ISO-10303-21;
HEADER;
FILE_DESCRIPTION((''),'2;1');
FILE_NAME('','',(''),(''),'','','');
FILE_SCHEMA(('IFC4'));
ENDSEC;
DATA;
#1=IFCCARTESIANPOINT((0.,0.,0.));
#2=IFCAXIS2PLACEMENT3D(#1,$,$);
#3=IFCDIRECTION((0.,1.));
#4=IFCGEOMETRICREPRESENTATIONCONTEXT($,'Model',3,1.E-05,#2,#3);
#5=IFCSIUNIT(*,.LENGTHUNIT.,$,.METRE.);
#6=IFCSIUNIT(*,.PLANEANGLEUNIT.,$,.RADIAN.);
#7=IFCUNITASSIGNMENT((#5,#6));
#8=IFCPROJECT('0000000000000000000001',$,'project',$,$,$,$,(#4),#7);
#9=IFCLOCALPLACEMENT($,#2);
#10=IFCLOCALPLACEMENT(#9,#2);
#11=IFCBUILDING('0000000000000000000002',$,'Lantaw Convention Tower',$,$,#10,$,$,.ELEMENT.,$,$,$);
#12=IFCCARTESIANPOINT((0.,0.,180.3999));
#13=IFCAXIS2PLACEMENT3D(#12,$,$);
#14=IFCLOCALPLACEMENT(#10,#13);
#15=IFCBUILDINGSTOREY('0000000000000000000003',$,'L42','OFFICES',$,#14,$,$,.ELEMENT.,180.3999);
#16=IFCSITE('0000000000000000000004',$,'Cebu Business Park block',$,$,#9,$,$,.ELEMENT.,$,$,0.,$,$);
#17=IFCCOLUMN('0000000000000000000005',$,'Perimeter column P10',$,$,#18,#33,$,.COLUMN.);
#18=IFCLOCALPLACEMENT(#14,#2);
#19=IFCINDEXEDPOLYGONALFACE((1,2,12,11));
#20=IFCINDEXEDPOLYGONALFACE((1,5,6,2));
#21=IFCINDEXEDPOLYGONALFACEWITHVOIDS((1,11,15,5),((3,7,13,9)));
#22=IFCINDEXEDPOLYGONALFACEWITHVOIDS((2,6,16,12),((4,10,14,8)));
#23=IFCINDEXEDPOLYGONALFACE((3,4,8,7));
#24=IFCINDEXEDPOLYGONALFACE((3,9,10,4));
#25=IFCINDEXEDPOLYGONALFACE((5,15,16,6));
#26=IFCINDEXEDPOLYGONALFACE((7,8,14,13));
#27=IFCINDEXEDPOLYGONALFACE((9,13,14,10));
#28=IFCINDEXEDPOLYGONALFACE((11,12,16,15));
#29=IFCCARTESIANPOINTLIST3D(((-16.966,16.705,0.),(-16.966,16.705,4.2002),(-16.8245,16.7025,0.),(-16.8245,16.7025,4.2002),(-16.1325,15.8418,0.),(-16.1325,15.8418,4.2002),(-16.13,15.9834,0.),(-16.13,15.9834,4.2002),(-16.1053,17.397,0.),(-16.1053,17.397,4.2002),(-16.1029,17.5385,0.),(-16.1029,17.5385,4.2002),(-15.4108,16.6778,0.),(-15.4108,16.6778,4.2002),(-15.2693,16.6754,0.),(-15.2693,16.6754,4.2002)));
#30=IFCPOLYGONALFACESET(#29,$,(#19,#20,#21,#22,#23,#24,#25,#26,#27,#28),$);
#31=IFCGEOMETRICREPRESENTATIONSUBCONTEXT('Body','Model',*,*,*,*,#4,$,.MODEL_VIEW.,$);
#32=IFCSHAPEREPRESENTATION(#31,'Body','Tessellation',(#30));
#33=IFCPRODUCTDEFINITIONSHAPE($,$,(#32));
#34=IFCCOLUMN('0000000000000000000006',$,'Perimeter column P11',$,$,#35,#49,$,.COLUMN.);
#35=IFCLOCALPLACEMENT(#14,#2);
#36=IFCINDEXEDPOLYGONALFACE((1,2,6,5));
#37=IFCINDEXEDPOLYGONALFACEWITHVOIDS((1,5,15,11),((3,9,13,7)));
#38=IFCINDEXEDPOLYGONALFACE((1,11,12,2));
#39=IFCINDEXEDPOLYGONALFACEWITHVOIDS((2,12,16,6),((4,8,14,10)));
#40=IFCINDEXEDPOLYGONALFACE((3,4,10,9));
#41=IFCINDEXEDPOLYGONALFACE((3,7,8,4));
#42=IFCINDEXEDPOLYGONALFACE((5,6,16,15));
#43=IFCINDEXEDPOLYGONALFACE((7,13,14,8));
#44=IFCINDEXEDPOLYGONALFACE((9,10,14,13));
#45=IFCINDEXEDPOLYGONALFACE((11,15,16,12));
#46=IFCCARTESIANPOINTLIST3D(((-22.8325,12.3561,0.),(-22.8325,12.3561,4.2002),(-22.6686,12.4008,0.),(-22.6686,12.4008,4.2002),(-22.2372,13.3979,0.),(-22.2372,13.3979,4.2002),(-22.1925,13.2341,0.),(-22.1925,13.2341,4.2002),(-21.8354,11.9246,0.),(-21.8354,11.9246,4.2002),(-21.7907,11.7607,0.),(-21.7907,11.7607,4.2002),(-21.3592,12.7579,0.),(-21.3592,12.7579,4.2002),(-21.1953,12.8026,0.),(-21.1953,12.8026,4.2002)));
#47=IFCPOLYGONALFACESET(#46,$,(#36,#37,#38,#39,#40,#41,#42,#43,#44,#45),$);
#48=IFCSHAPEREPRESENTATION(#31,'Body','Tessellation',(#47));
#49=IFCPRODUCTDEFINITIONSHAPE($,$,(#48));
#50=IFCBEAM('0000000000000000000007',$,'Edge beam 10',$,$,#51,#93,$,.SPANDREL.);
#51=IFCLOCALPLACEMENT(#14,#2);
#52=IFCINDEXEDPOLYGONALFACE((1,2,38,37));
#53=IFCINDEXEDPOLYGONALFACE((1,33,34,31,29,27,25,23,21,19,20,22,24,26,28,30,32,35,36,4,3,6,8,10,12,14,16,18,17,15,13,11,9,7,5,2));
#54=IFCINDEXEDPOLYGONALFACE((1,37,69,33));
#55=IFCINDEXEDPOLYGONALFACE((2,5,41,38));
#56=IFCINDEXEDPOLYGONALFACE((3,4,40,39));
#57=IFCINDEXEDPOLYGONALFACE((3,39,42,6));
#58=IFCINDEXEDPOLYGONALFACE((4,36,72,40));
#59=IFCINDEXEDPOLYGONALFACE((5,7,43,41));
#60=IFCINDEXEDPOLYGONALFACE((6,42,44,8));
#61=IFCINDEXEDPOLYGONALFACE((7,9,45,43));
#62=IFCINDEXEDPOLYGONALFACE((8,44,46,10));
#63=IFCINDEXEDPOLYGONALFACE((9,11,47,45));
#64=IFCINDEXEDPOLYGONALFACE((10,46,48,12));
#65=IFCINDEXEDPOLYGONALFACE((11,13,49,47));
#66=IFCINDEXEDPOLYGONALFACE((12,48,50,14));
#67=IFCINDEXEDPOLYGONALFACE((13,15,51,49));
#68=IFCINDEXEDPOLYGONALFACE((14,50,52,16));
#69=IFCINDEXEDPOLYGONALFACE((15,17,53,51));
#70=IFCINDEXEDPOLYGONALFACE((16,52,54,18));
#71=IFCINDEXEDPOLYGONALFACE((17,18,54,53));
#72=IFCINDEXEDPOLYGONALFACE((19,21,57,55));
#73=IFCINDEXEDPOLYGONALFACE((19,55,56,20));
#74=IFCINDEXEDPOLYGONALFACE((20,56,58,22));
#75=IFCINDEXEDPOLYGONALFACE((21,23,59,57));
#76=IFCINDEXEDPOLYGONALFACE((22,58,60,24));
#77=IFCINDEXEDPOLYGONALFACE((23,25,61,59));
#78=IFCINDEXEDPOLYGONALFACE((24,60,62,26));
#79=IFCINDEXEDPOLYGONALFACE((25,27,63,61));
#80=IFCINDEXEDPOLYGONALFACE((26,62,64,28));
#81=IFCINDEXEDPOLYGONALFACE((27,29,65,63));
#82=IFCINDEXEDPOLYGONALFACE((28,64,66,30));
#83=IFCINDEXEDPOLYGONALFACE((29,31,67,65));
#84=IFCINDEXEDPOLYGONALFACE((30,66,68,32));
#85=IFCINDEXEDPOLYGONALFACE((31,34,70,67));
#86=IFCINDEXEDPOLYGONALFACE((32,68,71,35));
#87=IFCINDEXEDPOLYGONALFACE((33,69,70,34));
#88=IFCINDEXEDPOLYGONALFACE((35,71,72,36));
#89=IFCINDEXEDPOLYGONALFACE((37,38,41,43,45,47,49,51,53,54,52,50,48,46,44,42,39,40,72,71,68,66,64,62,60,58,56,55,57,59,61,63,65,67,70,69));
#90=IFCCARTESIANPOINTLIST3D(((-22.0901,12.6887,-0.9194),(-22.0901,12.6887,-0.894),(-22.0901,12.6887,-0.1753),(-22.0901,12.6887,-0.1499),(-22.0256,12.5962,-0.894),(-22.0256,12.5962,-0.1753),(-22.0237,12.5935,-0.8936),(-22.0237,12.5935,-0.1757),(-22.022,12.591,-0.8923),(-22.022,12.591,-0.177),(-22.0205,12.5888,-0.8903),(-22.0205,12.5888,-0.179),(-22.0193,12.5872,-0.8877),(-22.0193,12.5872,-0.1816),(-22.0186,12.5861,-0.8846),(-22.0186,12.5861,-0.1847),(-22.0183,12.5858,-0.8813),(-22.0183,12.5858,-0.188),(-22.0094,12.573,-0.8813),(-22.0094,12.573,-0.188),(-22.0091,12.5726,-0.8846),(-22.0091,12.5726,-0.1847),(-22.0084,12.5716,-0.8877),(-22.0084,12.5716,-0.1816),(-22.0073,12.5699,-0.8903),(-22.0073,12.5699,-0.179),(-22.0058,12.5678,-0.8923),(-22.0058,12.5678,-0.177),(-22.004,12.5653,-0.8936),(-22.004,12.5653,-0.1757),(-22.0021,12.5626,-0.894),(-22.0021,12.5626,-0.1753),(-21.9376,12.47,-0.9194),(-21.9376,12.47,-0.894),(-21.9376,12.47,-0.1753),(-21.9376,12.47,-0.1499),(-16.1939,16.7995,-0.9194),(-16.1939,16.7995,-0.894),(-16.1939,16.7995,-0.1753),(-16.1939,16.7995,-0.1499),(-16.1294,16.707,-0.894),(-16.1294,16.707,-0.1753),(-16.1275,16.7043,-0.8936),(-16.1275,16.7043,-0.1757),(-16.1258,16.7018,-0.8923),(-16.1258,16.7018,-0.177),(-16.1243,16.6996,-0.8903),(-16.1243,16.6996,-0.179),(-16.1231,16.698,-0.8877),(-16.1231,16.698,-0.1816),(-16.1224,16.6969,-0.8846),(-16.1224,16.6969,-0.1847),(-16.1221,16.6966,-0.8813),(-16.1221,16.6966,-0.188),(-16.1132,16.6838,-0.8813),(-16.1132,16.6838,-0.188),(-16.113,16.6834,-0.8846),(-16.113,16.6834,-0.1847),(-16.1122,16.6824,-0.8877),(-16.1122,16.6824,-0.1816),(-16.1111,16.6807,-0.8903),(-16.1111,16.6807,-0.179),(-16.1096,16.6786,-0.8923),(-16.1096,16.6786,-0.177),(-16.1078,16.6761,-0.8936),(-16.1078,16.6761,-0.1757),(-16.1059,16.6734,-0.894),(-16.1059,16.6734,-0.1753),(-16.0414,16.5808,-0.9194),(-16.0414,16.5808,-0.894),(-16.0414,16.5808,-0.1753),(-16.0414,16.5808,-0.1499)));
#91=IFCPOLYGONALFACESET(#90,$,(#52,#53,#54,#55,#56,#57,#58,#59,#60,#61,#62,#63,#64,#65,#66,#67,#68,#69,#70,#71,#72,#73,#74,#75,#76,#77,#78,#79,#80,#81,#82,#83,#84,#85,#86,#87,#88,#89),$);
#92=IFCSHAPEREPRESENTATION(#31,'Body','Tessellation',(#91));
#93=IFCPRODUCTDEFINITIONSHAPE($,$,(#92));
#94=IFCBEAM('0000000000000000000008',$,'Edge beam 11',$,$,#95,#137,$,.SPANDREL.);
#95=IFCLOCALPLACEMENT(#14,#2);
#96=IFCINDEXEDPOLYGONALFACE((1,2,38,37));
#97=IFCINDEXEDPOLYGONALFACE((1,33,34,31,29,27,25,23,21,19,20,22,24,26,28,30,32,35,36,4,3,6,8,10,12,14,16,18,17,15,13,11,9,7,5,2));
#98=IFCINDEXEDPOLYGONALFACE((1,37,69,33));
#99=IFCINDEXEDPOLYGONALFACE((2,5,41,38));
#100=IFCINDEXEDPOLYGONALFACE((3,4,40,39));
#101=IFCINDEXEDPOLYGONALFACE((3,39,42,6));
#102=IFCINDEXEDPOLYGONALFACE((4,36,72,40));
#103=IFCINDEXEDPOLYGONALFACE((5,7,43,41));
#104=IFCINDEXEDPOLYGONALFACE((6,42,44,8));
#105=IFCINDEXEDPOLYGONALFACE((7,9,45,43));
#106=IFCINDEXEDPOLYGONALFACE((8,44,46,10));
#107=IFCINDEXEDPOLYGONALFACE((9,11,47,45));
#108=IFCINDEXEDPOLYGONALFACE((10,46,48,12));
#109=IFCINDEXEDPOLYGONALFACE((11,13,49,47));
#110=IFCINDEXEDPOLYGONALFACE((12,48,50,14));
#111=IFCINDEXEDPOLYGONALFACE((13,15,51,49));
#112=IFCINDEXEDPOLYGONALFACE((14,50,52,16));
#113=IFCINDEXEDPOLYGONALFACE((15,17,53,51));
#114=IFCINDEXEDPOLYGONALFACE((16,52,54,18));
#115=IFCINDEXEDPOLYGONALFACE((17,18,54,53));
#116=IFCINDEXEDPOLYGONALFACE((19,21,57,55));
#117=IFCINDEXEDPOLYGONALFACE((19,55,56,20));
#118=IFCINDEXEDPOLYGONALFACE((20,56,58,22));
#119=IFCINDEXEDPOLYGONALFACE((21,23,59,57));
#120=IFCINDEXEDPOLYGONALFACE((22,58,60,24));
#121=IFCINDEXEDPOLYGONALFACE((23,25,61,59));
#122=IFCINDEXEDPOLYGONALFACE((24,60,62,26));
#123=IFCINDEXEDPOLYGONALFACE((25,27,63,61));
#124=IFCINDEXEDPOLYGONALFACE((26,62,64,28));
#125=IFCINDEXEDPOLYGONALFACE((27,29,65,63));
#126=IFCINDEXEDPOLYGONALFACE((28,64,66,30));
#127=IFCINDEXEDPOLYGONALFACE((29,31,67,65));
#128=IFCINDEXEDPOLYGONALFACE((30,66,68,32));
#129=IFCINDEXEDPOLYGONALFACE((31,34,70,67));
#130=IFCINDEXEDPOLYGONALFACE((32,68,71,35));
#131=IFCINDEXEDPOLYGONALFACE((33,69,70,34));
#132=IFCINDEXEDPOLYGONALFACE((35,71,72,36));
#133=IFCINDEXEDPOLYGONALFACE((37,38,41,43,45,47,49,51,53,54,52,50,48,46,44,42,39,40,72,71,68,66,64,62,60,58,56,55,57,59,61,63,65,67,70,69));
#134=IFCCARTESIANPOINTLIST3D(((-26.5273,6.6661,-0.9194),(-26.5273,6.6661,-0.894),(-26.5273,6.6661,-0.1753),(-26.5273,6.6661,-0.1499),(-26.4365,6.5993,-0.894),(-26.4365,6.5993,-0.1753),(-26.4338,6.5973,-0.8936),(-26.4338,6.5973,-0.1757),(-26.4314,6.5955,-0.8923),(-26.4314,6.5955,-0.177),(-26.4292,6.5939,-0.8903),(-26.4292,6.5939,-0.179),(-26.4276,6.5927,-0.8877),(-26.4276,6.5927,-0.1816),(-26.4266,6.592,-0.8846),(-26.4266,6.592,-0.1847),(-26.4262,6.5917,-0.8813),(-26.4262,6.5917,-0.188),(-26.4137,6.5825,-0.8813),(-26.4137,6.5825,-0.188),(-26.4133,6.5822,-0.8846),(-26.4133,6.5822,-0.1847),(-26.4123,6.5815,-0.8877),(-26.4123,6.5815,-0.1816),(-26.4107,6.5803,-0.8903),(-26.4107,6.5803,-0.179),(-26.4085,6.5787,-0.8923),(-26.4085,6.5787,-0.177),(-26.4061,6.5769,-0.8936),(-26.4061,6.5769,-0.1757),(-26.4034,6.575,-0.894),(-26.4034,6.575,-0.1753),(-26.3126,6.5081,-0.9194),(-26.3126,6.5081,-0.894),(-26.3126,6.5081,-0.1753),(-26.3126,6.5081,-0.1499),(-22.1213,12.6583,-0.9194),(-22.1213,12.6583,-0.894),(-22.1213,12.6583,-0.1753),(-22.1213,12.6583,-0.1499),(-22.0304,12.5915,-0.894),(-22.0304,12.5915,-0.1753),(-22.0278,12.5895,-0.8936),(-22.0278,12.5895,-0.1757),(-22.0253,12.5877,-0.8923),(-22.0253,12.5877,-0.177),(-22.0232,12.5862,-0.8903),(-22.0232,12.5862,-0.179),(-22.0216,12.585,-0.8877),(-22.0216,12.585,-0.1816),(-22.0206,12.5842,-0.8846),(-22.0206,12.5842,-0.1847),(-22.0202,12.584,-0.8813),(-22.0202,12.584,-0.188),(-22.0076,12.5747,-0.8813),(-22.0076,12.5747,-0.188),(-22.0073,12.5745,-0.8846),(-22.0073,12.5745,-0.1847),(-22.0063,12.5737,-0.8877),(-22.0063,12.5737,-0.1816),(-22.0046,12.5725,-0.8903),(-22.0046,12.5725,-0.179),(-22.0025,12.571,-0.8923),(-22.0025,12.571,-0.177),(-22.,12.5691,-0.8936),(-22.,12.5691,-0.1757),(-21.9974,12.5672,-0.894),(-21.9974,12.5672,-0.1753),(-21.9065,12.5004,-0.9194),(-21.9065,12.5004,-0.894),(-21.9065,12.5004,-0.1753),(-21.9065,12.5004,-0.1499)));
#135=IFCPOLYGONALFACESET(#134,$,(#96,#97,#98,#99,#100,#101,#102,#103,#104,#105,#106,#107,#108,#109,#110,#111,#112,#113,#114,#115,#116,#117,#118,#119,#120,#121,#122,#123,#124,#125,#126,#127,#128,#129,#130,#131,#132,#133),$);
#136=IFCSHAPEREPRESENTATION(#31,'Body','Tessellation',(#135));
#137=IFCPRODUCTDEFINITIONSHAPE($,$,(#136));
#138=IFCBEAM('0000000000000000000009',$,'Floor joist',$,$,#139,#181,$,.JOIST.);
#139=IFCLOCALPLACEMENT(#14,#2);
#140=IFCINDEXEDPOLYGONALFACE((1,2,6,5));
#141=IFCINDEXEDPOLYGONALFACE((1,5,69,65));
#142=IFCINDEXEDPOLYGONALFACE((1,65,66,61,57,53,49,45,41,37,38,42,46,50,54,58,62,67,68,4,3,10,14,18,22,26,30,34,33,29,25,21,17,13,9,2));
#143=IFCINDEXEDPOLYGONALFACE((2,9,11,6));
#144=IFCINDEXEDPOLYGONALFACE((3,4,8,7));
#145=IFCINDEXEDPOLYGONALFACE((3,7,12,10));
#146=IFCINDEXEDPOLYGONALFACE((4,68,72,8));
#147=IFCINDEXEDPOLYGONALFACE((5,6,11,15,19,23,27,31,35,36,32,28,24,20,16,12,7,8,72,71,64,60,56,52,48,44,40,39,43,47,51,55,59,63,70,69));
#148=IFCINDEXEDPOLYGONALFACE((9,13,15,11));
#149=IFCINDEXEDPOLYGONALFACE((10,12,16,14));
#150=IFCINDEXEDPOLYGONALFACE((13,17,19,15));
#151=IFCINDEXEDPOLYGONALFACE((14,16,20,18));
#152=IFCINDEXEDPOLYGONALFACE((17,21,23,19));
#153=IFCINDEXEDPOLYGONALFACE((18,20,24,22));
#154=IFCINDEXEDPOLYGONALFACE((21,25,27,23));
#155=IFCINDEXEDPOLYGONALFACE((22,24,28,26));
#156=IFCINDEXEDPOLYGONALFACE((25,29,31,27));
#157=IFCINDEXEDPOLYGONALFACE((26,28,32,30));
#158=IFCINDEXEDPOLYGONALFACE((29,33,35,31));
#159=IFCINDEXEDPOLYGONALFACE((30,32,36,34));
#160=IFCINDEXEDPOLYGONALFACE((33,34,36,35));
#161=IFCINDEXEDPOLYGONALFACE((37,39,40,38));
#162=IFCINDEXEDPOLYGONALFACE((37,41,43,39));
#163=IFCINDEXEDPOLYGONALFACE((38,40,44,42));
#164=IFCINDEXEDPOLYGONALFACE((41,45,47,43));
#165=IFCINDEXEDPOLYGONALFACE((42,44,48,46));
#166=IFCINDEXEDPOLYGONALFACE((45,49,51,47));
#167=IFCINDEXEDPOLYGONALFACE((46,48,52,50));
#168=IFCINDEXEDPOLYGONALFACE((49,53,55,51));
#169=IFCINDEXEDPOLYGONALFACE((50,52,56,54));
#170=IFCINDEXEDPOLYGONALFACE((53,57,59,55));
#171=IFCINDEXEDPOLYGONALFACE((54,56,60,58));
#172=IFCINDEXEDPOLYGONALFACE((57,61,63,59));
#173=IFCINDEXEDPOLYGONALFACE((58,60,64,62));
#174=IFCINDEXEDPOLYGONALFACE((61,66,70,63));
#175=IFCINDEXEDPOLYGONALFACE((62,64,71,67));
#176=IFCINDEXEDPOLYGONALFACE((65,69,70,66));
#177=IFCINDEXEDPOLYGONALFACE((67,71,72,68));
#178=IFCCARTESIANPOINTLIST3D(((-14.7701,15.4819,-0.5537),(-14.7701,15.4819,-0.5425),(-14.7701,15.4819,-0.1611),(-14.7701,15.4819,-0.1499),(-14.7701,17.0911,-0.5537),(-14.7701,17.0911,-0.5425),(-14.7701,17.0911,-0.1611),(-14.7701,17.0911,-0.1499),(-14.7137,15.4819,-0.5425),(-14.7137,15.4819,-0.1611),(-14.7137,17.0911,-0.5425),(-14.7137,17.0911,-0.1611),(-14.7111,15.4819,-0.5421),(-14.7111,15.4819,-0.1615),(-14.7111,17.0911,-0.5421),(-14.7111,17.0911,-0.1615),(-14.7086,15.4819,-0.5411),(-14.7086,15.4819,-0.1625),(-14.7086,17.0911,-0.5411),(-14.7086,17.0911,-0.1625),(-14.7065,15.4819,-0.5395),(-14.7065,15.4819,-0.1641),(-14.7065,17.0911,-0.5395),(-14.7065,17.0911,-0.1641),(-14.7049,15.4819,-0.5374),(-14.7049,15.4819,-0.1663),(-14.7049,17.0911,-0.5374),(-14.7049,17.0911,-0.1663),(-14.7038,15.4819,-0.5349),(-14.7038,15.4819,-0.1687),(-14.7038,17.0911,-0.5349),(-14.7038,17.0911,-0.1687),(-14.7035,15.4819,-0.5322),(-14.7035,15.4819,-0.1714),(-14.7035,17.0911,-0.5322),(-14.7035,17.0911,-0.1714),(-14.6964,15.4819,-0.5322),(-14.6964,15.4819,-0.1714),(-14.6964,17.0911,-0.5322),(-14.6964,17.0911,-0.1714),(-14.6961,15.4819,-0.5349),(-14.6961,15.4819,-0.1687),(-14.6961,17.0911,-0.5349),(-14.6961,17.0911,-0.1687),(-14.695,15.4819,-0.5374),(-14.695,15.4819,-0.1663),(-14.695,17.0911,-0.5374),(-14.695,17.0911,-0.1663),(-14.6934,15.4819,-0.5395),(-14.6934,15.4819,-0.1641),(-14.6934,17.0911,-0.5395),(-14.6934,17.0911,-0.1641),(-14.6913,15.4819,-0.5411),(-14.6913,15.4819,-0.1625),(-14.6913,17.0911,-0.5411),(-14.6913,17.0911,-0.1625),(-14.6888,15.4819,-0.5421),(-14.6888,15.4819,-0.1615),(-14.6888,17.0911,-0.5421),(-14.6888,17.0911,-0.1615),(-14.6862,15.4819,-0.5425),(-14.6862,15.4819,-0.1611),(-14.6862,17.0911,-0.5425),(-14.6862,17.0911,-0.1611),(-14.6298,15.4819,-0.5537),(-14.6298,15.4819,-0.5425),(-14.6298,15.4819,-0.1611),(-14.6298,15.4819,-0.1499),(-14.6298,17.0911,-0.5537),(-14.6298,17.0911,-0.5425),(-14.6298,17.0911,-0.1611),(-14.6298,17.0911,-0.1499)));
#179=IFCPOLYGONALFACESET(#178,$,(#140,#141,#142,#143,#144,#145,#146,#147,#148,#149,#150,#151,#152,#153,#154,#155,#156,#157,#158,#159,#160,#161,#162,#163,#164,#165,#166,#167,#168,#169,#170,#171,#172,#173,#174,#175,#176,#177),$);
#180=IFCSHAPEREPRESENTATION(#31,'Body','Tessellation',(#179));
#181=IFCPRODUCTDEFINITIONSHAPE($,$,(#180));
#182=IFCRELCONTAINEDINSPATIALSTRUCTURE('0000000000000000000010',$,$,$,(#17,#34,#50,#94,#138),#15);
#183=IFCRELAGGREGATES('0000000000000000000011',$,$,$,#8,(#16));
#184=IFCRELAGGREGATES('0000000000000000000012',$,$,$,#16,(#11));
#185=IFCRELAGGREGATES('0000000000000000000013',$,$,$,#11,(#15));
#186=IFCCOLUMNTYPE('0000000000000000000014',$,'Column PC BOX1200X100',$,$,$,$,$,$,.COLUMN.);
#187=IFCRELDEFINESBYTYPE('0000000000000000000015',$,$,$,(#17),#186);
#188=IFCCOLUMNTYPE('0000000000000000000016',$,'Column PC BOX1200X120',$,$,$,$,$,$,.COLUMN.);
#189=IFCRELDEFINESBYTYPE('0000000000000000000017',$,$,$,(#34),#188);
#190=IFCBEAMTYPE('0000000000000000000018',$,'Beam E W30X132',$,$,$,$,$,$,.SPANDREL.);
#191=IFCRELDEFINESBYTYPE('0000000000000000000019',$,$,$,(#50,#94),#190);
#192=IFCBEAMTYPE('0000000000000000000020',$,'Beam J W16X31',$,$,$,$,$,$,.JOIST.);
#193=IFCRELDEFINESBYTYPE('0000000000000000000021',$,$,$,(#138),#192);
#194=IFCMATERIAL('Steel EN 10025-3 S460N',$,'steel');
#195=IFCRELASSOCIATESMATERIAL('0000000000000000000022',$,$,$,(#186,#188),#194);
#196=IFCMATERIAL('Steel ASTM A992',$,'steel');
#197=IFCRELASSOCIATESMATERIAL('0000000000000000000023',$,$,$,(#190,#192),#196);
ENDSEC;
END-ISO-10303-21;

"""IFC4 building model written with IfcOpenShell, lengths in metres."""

from ifc_helpers import new_model, si_unit, direction, frame, origin, origin_2d, place, context, subcontext, project, spatial, rectangle, hollow_rectangle, i_section, extrude, material, material_profile, profile_set, type_object, element, save


model = new_model("IFC4")

# Units and contexts
model_context = context("Model", 3, precision=1e-05, world=origin(), true_north=direction((0.0, 1.0)))
body_context = subcontext(model_context, "Body", "Model", "MODEL_VIEW")
ifc_project = project(units=[si_unit("LENGTHUNIT", "METRE"), si_unit("PLANEANGLEUNIT", "RADIAN")], contexts=[model_context])

# Site, building, storey
site_placement = place(None, origin())
site = spatial("IfcSite", under=ifc_project, at=site_placement, Name="Cebu Business Park block", CompositionType="ELEMENT", RefElevation=0.0)
building_placement = place(site_placement, origin())
building = spatial("IfcBuilding", under=site, at=building_placement, Name="Lantaw Convention Tower", CompositionType="ELEMENT")
storey_placement = place(building_placement, frame((0.0, 0.0, 180.3999)))
storey = spatial("IfcBuildingStorey", under=building, at=storey_placement, Name="L42", Description="OFFICES", CompositionType="ELEMENT", Elevation=180.3999)

# Columns
ifc_material_1 = material(Name="Steel EN 10025-3 S460N", Category="steel")
ifc_material_profile_1 = material_profile(ifc_material_1, hollow_rectangle(XDim=1.2, YDim=1.2, WallThickness=0.1001, at=origin_2d()), Name="BOX1200X100")
ifc_material_2 = material(Name="Concrete C60/75", Category="concrete")
ifc_material_profile_2 = material_profile(ifc_material_2, rectangle(XDim=1.0, YDim=1.0, at=origin_2d()), Name="Concrete fill of BOX1200X100")
ifc_profile_set_1 = profile_set([ifc_material_profile_1, ifc_material_profile_2], Name="Steel EN 10025-3 S460N")
column_type_1 = type_object("IfcColumnType", Name="Column PC BOX1200X100", PredefinedType="COLUMN", material=ifc_profile_set_1)
column_1_placement = place(storey_placement, frame((-16.1177, 16.6902, 0.0), z_axis=(0.0, 0.0, 1.0), x_axis=(0.71934, 0.694658, 0.0)))
element("IfcColumn", 1, at=column_1_placement, inside=storey, type_object=column_type_1, Name="Perimeter column P10", PredefinedType="COLUMN", context=body_context, shape_type="SweptSolid", body=[
    extrude(hollow_rectangle(XDim=1.2, YDim=1.2, WallThickness=0.1001, at=origin_2d()), origin(), (0.0, 0.0, 1.0), 4.2002),
])
ifc_material_profile_3 = material_profile(ifc_material_1, hollow_rectangle(XDim=1.2, YDim=1.2, WallThickness=0.1201, at=origin_2d()), Name="BOX1200X120")
ifc_material_profile_4 = material_profile(ifc_material_2, rectangle(XDim=0.96, YDim=0.96, at=origin_2d()), Name="Concrete fill of BOX1200X120")
ifc_profile_set_2 = profile_set([ifc_material_profile_3, ifc_material_profile_4], Name="Steel EN 10025-3 S460N")
column_type_2 = type_object("IfcColumnType", Name="Column PC BOX1200X120", PredefinedType="COLUMN", material=ifc_profile_set_2)
column_2_placement = place(storey_placement, frame((-22.0139, 12.5793, 0.0), z_axis=(0.0, 0.0, 1.0), x_axis=(0.496139, 0.868243, 0.0)))
element("IfcColumn", 2, at=column_2_placement, inside=storey, type_object=column_type_2, Name="Perimeter column P11", PredefinedType="COLUMN", context=body_context, shape_type="SweptSolid", body=[
    extrude(hollow_rectangle(XDim=1.2, YDim=1.2, WallThickness=0.1201, at=origin_2d()), origin(), (0.0, 0.0, 1.0), 4.2002),
])

# Beams
ifc_material_3 = material(Name="Steel ASTM A992", Category="steel")
ifc_material_profile_5 = material_profile(ifc_material_3, i_section(OverallWidth=0.2666, OverallDepth=0.7695, WebThickness=0.0156, FlangeThickness=0.0254, FilletRadius=0.0127, at=origin_2d()), Name="W30X132")
ifc_profile_set_3 = profile_set([ifc_material_profile_5], Name="Steel ASTM A992")
beam_type_1 = type_object("IfcBeamType", Name="Beam E W30X132", PredefinedType="SPANDREL", material=ifc_profile_set_3)
beam_1_placement = place(storey_placement, frame((-16.1177, 16.6902, -0.5347), z_axis=(-0.820311, -0.571918, 0.0), x_axis=(0.571918, -0.820311, 0.0)))
element("IfcBeam", 3, at=beam_1_placement, inside=storey, type_object=beam_type_1, Name="Edge beam 10", PredefinedType="SPANDREL", context=body_context, shape_type="SweptSolid", body=[
    extrude(i_section(OverallWidth=0.2666, OverallDepth=0.7695, WebThickness=0.0156, FlangeThickness=0.0254, FilletRadius=0.0127, at=origin_2d()), origin(), (0.0, 0.0, 1.0), 7.1877),
])
beam_2_placement = place(storey_placement, frame((-22.0139, 12.5793, -0.5347), z_axis=(-0.592389, -0.805652, 0.0), x_axis=(0.805652, -0.592389, 0.0)))
element("IfcBeam", 4, at=beam_2_placement, inside=storey, type_object=beam_type_1, Name="Edge beam 11", PredefinedType="SPANDREL", context=body_context, shape_type="SweptSolid", body=[
    extrude(i_section(OverallWidth=0.2666, OverallDepth=0.7695, WebThickness=0.0156, FlangeThickness=0.0254, FilletRadius=0.0127, at=origin_2d()), origin(), (0.0, 0.0, 1.0), 7.4377),
])
ifc_material_profile_6 = material_profile(ifc_material_3, i_section(OverallWidth=0.1404, OverallDepth=0.4038, WebThickness=0.0071, FlangeThickness=0.0112, FilletRadius=0.0103, at=origin_2d()), Name="W16X31")
ifc_profile_set_4 = profile_set([ifc_material_profile_6], Name="Steel ASTM A992")
beam_type_2 = type_object("IfcBeamType", Name="Beam J W16X31", PredefinedType="JOIST", material=ifc_profile_set_4)
beam_3_placement = place(storey_placement, frame((-14.7, 15.4819, -0.3518), z_axis=(0.0, 1.0, 0.0), x_axis=(-1.0, 0.0, 0.0)))
element("IfcBeam", 5, at=beam_3_placement, inside=storey, type_object=beam_type_2, Name="Floor joist", PredefinedType="JOIST", context=body_context, shape_type="SweptSolid", body=[
    extrude(i_section(OverallWidth=0.1404, OverallDepth=0.4038, WebThickness=0.0071, FlangeThickness=0.0112, FilletRadius=0.0103, at=origin_2d()), origin(), (0.0, 0.0, 1.0), 1.6091),
])

save(model, "model.ifc")
